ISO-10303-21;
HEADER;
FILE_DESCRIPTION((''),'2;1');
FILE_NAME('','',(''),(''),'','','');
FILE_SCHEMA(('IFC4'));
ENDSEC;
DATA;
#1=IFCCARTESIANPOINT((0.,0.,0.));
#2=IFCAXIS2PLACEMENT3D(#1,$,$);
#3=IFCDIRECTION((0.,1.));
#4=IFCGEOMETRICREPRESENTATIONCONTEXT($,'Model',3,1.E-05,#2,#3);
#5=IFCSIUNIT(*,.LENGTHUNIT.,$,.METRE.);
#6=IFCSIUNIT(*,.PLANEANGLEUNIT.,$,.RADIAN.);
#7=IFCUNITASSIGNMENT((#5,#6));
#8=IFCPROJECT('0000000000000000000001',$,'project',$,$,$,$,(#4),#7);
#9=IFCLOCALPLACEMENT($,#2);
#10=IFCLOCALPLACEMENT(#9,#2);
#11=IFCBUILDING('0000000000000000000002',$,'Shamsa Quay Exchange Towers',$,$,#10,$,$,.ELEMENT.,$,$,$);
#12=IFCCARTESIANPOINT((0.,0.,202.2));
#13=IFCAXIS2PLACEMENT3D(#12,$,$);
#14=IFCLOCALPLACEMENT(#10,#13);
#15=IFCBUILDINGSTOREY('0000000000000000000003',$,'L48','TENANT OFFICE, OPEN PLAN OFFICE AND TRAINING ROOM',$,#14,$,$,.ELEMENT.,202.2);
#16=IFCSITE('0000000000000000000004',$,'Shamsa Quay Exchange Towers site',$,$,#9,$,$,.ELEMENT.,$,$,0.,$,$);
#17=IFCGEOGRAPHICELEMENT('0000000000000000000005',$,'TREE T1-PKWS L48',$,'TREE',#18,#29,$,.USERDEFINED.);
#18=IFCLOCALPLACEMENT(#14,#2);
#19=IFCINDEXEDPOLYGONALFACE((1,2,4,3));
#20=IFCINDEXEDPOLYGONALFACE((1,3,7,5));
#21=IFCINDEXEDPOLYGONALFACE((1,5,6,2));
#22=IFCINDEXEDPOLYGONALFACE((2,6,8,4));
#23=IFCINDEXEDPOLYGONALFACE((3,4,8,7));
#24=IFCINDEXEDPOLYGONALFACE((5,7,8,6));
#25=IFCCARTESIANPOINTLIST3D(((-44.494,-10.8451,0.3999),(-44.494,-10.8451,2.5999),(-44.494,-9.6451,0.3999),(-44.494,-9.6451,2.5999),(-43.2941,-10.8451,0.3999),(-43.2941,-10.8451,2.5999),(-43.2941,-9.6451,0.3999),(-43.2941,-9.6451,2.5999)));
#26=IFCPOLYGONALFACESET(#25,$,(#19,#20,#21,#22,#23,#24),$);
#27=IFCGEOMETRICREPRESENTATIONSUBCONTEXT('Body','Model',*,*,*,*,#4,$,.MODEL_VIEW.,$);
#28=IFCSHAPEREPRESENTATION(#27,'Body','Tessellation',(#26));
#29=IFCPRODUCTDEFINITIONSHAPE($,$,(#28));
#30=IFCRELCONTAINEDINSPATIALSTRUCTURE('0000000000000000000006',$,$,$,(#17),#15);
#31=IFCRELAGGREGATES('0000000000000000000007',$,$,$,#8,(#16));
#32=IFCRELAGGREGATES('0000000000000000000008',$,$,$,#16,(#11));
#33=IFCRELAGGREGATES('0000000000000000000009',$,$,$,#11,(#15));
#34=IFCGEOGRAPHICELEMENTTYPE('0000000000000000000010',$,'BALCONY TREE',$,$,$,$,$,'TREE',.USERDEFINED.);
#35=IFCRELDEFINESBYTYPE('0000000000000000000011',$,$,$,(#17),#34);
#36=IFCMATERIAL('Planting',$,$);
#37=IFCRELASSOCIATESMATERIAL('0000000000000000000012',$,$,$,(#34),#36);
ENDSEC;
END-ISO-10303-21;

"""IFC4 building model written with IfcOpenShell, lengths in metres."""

from ifc_helpers import new_model, si_unit, direction, frame, origin, origin_2d, place, context, subcontext, project, spatial, rectangle, extrude, material, type_object, element, save


model = new_model("IFC4")

# Units and contexts
model_context = context("Model", 3, precision=1e-05, world=origin(), true_north=direction((0.0, 1.0)))
body_context = subcontext(model_context, "Body", "Model", "MODEL_VIEW")
ifc_project = project(units=[si_unit("LENGTHUNIT", "METRE"), si_unit("PLANEANGLEUNIT", "RADIAN")], contexts=[model_context])

# Site, building, storey
site_placement = place(None, origin())
site = spatial("IfcSite", under=ifc_project, at=site_placement, Name="Shamsa Quay Exchange Towers site", CompositionType="ELEMENT", RefElevation=0.0)
building_placement = place(site_placement, origin())
building = spatial("IfcBuilding", under=site, at=building_placement, Name="Shamsa Quay Exchange Towers", CompositionType="ELEMENT")
storey_placement = place(building_placement, frame((0.0, 0.0, 202.2)))
storey = spatial("IfcBuildingStorey", under=building, at=storey_placement, Name="L48", Description="TENANT OFFICE, OPEN PLAN OFFICE AND TRAINING ROOM", CompositionType="ELEMENT", Elevation=202.2)

# Geographic element
ifc_material_1 = material(Name="Planting")
geographic_element_type = type_object("IfcGeographicElementType", Name="BALCONY TREE", ElementType="TREE", PredefinedType="USERDEFINED", material=ifc_material_1)
geographic_element_placement = place(storey_placement, frame((-43.894, -10.2451, 0.3999)))
element("IfcGeographicElement", 1, at=geographic_element_placement, inside=storey, type_object=geographic_element_type, Name="TREE T1-PKWS L48", ObjectType="TREE", PredefinedType="USERDEFINED", context=body_context, shape_type="SweptSolid", body=[
    extrude(rectangle(XDim=1.2, YDim=1.2, at=origin_2d()), origin(), (0.0, 0.0, 1.0), 2.2),
])

save(model, "model.ifc")
